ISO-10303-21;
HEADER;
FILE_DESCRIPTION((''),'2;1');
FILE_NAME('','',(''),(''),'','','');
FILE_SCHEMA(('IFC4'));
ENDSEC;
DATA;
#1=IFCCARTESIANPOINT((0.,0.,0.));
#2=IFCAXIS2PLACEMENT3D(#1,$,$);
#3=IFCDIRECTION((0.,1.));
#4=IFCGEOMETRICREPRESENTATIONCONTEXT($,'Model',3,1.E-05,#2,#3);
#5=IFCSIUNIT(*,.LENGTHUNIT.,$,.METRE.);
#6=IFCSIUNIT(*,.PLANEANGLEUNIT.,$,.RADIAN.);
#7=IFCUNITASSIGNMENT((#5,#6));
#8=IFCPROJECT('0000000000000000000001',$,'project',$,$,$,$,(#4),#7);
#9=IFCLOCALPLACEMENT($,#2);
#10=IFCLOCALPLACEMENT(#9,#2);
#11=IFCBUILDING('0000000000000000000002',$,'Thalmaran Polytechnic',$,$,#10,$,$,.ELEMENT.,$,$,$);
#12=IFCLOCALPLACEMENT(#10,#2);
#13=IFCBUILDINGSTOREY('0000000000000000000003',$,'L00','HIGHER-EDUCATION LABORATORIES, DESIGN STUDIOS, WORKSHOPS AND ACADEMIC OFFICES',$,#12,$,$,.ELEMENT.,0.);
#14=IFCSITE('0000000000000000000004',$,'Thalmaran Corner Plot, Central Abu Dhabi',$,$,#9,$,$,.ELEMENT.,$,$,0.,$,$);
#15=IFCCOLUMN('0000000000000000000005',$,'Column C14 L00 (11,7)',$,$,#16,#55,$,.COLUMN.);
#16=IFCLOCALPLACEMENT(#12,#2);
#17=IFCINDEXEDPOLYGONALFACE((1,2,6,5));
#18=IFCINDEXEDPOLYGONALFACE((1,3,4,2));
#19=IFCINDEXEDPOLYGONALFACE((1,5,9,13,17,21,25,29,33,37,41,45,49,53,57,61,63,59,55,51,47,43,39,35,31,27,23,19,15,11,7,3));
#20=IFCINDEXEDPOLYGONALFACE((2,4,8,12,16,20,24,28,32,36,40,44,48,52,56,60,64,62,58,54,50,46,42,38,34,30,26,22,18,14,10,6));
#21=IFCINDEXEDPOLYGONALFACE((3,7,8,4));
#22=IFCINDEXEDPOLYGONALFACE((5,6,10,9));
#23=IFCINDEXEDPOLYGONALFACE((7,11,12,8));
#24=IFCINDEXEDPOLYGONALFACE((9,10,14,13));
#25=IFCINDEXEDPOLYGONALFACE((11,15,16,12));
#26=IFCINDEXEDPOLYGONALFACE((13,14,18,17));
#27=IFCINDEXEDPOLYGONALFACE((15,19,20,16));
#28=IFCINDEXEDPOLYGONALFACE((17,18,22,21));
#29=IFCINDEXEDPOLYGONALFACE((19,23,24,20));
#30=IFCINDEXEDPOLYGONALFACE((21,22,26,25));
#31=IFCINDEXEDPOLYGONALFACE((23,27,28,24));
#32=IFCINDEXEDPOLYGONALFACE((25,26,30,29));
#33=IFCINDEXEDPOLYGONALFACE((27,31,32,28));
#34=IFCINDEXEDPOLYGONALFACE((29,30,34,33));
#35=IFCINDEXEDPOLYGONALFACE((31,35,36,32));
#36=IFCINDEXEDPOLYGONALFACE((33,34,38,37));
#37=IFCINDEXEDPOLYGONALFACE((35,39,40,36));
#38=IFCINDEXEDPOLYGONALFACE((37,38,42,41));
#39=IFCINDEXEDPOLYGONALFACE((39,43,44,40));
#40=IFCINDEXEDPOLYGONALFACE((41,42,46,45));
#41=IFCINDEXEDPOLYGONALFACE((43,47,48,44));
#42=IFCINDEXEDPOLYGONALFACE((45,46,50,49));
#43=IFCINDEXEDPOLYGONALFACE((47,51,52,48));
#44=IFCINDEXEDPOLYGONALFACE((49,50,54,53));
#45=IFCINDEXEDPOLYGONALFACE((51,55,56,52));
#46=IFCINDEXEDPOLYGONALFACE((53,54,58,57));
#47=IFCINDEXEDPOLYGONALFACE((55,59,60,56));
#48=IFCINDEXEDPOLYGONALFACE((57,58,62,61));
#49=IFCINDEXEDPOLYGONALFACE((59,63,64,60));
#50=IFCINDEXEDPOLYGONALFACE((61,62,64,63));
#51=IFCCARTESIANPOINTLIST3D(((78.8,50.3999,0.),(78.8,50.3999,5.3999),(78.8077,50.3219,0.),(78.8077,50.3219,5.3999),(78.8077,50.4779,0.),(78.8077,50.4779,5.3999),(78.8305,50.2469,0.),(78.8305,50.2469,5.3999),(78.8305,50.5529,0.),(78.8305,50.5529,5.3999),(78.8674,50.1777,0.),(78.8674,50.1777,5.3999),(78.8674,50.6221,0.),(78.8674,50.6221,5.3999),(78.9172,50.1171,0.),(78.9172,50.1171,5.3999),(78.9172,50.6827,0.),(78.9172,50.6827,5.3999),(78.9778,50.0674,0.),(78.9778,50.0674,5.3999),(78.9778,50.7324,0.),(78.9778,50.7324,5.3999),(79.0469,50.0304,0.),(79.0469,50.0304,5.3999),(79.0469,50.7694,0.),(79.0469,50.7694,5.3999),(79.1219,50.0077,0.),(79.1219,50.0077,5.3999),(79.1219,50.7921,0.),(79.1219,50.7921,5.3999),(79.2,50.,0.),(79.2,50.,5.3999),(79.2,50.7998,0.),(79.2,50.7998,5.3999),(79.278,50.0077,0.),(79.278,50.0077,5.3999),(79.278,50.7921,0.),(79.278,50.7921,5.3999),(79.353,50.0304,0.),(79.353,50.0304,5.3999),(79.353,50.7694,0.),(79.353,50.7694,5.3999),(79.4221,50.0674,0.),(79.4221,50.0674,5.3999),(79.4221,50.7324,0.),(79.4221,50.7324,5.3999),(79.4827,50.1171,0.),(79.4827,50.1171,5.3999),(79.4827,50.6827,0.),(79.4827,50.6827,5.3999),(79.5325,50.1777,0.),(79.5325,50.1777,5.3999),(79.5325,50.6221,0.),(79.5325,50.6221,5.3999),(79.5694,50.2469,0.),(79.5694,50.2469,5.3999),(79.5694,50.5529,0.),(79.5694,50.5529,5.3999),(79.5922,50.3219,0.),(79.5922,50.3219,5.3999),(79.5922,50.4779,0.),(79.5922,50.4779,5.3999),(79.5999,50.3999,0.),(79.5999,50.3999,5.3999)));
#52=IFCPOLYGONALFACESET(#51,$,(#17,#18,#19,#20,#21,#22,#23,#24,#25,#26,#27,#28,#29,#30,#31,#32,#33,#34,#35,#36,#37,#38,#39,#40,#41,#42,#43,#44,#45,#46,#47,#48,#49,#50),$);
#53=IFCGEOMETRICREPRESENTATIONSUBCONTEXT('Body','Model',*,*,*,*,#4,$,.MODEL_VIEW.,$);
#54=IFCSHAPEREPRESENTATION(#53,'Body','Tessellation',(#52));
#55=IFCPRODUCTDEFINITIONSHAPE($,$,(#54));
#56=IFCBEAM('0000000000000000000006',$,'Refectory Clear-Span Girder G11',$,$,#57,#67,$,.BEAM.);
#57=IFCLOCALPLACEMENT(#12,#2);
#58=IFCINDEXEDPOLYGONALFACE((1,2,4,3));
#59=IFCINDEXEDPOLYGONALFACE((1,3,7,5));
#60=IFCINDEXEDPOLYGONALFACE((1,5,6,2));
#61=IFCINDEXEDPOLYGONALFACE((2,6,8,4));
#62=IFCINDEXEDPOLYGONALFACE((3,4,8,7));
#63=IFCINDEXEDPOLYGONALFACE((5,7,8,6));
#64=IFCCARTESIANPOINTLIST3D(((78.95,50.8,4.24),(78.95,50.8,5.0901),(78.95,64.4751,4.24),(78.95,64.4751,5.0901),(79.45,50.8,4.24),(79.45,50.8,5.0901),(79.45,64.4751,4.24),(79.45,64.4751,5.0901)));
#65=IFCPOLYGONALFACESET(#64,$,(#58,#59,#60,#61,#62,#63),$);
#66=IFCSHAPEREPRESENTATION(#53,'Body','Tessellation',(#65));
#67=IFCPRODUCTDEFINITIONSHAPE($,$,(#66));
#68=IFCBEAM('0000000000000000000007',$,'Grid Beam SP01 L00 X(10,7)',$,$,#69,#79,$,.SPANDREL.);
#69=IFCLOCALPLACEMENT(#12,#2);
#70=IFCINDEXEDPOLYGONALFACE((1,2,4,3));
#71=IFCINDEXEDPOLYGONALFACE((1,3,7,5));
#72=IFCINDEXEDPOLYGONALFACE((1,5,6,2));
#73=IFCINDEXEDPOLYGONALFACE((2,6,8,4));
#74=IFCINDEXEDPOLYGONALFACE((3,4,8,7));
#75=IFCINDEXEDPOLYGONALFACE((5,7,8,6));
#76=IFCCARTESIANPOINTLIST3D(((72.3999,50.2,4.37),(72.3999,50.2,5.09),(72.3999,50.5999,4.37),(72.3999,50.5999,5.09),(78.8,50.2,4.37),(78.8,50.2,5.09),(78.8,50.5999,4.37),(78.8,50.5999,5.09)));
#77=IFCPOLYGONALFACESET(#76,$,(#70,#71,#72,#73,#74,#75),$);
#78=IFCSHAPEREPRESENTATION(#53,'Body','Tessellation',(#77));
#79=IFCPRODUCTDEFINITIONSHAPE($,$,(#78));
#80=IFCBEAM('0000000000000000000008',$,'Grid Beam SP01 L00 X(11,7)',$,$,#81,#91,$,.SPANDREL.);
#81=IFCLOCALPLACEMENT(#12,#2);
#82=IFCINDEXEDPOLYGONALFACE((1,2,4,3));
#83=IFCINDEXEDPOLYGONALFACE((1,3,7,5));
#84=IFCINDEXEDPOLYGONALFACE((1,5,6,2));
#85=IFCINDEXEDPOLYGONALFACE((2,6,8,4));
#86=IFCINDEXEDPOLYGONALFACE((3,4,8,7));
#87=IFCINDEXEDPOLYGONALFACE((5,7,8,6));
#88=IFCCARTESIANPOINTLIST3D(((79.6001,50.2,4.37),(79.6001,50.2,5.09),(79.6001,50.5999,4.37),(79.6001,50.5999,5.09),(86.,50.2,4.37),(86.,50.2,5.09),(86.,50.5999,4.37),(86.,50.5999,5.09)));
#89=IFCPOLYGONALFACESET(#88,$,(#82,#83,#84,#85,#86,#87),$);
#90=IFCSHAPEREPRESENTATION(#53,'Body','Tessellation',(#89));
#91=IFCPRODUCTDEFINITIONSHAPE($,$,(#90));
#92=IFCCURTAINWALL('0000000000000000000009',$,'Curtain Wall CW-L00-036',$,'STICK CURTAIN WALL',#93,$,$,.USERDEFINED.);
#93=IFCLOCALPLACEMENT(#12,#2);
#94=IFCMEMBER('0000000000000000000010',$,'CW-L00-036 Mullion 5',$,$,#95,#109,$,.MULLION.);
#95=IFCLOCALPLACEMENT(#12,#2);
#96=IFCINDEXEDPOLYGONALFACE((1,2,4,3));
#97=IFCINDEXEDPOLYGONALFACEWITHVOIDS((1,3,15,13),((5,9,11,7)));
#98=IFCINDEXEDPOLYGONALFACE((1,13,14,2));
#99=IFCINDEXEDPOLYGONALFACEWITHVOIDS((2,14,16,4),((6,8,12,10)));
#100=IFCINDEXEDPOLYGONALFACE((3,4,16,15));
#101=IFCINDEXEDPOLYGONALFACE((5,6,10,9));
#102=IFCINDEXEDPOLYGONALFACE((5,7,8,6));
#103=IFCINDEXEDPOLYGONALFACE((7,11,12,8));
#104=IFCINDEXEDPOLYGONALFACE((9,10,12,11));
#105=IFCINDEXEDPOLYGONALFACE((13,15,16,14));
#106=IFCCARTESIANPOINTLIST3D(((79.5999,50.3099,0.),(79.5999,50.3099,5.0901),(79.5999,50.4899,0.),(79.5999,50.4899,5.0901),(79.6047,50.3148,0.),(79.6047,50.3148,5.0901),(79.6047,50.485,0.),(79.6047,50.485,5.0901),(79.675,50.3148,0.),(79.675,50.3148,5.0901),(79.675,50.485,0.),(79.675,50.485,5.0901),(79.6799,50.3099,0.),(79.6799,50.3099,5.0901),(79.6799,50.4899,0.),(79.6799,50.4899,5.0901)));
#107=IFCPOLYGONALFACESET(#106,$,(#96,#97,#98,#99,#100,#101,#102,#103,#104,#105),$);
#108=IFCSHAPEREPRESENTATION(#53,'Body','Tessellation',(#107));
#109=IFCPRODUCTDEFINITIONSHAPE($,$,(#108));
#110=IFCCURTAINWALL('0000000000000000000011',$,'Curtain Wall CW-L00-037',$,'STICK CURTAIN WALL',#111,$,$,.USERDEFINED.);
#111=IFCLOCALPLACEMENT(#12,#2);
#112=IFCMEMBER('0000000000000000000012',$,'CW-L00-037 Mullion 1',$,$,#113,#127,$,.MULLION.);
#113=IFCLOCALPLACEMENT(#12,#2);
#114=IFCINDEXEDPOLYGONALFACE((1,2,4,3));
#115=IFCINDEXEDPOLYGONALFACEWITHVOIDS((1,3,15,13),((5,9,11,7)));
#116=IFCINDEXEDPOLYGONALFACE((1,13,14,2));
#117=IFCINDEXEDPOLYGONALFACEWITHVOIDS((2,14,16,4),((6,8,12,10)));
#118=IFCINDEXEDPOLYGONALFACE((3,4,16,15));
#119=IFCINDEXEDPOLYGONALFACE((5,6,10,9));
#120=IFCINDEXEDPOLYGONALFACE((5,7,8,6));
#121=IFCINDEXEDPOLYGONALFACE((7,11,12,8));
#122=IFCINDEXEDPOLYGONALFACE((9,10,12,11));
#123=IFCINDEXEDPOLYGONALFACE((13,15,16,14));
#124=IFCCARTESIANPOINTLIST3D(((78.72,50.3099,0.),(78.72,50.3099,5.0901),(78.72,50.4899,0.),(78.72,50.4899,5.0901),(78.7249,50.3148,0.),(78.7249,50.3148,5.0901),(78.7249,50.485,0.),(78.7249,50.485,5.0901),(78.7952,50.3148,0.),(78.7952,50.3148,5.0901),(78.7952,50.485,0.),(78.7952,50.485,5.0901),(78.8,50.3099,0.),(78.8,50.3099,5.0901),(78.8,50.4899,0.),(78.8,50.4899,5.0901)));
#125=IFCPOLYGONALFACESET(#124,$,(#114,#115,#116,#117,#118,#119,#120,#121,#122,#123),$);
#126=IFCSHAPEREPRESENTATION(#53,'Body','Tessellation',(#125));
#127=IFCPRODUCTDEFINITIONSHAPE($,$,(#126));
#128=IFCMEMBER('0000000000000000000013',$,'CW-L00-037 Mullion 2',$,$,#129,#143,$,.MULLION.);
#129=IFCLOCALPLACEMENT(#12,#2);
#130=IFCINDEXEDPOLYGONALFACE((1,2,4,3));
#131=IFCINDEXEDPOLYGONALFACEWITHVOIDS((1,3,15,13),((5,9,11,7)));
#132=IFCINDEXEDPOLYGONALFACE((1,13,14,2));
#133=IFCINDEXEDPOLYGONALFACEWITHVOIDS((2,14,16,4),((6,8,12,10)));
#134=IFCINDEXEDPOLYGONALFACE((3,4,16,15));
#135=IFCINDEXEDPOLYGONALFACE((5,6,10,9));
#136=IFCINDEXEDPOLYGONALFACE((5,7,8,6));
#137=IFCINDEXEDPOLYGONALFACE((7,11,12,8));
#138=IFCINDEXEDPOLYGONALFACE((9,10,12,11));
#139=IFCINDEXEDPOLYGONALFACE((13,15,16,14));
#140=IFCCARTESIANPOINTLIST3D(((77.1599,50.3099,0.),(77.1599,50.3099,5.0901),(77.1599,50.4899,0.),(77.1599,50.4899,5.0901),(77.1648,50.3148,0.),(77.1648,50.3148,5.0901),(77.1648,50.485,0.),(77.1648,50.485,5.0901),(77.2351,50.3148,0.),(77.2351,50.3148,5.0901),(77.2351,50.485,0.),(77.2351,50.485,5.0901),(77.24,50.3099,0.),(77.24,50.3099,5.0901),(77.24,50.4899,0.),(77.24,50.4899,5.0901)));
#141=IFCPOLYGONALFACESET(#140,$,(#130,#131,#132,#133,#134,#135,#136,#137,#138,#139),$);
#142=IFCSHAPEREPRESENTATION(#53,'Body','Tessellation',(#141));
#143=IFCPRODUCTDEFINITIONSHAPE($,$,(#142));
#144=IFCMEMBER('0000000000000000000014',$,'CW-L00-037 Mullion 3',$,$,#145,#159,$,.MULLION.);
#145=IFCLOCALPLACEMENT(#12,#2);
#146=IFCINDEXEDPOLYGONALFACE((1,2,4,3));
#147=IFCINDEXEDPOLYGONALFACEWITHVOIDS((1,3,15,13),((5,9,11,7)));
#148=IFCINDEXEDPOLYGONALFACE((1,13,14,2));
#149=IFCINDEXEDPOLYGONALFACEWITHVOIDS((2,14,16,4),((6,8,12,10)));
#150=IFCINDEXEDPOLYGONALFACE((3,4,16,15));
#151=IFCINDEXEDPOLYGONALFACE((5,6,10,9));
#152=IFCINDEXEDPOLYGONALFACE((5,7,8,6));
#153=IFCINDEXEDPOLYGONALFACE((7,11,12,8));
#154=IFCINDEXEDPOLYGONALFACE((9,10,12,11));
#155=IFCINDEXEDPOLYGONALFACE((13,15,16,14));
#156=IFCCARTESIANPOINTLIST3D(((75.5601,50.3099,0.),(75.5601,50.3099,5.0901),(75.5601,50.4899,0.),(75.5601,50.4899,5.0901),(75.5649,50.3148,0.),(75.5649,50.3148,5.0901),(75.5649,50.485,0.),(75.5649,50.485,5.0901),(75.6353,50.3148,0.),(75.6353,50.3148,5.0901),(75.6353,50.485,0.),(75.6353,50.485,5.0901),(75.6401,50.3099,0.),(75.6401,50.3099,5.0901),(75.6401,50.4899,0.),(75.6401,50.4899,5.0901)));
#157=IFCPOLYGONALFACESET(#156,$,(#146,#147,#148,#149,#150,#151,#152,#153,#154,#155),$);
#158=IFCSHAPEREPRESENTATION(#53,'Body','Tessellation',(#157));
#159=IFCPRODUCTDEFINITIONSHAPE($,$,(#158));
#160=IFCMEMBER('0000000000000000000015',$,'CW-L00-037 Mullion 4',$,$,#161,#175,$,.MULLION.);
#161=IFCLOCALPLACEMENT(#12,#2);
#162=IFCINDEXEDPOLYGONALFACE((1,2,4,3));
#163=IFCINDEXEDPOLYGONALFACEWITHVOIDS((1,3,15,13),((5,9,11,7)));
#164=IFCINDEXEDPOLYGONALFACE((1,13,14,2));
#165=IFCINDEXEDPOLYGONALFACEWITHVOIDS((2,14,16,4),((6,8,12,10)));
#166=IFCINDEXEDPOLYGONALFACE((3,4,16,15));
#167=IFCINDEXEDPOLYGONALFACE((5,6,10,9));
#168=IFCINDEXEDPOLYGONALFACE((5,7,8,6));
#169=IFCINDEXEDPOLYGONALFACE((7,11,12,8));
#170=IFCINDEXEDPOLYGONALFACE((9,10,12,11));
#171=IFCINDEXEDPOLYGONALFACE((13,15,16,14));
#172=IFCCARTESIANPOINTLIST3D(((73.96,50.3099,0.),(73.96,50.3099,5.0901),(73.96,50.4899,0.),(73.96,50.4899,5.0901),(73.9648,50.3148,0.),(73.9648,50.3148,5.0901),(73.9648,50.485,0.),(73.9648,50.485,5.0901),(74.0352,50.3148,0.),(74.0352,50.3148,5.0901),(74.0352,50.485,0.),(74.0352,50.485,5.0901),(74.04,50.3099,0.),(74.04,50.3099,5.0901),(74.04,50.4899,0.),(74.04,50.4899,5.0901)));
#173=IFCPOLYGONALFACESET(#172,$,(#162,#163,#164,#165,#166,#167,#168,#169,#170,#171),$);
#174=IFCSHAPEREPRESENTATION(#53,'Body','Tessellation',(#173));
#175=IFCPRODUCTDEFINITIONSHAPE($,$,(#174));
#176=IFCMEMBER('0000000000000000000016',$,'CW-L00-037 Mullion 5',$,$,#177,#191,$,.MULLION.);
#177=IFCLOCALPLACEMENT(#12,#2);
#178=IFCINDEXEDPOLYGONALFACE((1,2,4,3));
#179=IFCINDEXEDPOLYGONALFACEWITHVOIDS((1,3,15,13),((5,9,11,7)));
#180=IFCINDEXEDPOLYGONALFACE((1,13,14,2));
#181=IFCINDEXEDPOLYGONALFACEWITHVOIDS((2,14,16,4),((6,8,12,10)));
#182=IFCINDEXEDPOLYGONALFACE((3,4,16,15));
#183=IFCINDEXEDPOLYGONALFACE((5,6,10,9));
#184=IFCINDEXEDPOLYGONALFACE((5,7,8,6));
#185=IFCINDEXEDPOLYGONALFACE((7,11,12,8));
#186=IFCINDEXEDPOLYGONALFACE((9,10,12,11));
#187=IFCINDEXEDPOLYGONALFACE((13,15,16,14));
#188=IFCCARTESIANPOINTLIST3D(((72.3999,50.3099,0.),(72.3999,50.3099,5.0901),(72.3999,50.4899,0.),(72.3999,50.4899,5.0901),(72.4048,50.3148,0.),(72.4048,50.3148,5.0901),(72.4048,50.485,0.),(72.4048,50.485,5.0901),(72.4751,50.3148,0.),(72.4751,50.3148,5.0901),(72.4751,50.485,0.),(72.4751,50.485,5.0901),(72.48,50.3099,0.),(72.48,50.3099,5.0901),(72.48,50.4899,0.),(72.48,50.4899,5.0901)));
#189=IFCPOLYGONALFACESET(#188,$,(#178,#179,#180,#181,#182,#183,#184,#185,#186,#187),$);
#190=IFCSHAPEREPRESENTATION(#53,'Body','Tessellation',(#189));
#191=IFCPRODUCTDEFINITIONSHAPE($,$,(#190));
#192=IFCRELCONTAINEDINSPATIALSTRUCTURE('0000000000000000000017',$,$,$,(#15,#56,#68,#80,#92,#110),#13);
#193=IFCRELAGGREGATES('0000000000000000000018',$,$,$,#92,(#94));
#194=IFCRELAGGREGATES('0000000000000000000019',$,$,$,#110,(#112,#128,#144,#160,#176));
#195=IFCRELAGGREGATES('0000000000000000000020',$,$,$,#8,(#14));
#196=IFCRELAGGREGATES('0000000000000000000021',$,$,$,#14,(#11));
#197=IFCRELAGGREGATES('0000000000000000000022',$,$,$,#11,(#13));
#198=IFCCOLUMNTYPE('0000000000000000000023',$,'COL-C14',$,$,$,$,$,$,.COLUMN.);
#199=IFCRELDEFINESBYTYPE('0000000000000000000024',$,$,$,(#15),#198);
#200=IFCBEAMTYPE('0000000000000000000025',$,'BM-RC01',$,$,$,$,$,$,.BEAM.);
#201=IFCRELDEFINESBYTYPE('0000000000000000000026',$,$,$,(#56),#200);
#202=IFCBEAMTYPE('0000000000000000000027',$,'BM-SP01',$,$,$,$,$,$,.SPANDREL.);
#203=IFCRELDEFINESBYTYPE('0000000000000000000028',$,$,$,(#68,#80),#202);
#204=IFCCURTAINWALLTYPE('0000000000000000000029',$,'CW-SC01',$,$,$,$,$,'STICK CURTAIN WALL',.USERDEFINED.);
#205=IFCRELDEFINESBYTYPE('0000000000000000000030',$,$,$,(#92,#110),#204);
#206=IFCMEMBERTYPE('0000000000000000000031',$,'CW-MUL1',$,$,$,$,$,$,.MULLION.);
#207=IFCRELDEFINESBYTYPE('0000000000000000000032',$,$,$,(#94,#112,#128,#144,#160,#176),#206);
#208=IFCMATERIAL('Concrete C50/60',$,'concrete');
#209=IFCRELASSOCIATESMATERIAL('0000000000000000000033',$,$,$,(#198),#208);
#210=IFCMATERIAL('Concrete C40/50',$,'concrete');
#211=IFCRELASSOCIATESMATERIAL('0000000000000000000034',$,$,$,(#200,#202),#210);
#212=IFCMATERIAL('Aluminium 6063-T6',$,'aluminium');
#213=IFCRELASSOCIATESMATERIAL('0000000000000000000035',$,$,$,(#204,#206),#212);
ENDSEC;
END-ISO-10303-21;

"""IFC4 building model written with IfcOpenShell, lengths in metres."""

from ifc_helpers import new_model, si_unit, direction, frame, origin, origin_2d, place, context, subcontext, project, spatial, rectangle, hollow_rectangle, circle, extrude, material, material_profile, profile_set, type_object, element, aggregate, save


model = new_model("IFC4")

# Units and contexts
model_context = context("Model", 3, precision=1e-05, world=origin(), true_north=direction((0.0, 1.0)))
body_context = subcontext(model_context, "Body", "Model", "MODEL_VIEW")
ifc_project = project(units=[si_unit("LENGTHUNIT", "METRE"), si_unit("PLANEANGLEUNIT", "RADIAN")], contexts=[model_context])

# Site, building, storey
site_placement = place(None, origin())
site = spatial("IfcSite", under=ifc_project, at=site_placement, Name="Thalmaran Corner Plot, Central Abu Dhabi", CompositionType="ELEMENT", RefElevation=0.0)
building_placement = place(site_placement, origin())
building = spatial("IfcBuilding", under=site, at=building_placement, Name="Thalmaran Polytechnic", CompositionType="ELEMENT")
storey_placement = place(building_placement, origin())
storey = spatial("IfcBuildingStorey", under=building, at=storey_placement, Name="L00", Description="HIGHER-EDUCATION LABORATORIES, DESIGN STUDIOS, WORKSHOPS AND ACADEMIC OFFICES", CompositionType="ELEMENT", Elevation=0.0)

# Column
ifc_material_1 = material(Name="Concrete C50/60", Category="concrete")
ifc_material_profile_1 = material_profile(ifc_material_1, circle(Radius=0.3999, at=origin_2d()), Name="RC 800 DIA")
ifc_profile_set_1 = profile_set([ifc_material_profile_1], Name="Concrete C50/60")
column_type = type_object("IfcColumnType", Name="COL-C14", PredefinedType="COLUMN", material=ifc_profile_set_1)
column_placement = place(storey_placement, frame((79.2, 50.3999, 0.0), z_axis=(0.0, 0.0, 1.0), x_axis=(1.0, 0.0, 0.0)))
element("IfcColumn", 1, at=column_placement, inside=storey, type_object=column_type, Name="Column C14 L00 (11,7)", PredefinedType="COLUMN", context=body_context, shape_type="SweptSolid", body=[
    extrude(circle(Radius=0.3999, at=origin_2d()), origin(), (0.0, 0.0, 1.0), 5.3999),
])

# Beams
ifc_material_2 = material(Name="Concrete C40/50", Category="concrete")
ifc_material_profile_2 = material_profile(ifc_material_2, rectangle(XDim=0.5, YDim=0.8501, at=origin_2d()), Name="RC 500x850")
ifc_profile_set_2 = profile_set([ifc_material_profile_2], Name="Concrete C40/50")
beam_type_1 = type_object("IfcBeamType", Name="BM-RC01", PredefinedType="BEAM", material=ifc_profile_set_2)
beam_1_placement = place(storey_placement, frame((79.2, 50.8, 4.665), z_axis=(0.0, 1.0, 0.0), x_axis=(-1.0, 0.0, 0.0)))
element("IfcBeam", 2, at=beam_1_placement, inside=storey, type_object=beam_type_1, Name="Refectory Clear-Span Girder G11", PredefinedType="BEAM", context=body_context, shape_type="SweptSolid", body=[
    extrude(rectangle(XDim=0.5, YDim=0.8501, at=origin_2d()), origin(), (0.0, 0.0, 1.0), 13.675),
])
ifc_material_profile_3 = material_profile(ifc_material_2, rectangle(XDim=0.3999, YDim=0.72, at=origin_2d()), Name="RC 400x720")
ifc_profile_set_3 = profile_set([ifc_material_profile_3], Name="Concrete C40/50")
beam_type_2 = type_object("IfcBeamType", Name="BM-SP01", PredefinedType="SPANDREL", material=ifc_profile_set_3)
beam_2_placement = place(storey_placement, frame((72.3999, 50.3999, 4.73), z_axis=(1.0, 0.0, 0.0), x_axis=(0.0, 1.0, 0.0)))
element("IfcBeam", 3, at=beam_2_placement, inside=storey, type_object=beam_type_2, Name="Grid Beam SP01 L00 X(10,7)", PredefinedType="SPANDREL", context=body_context, shape_type="SweptSolid", body=[
    extrude(rectangle(XDim=0.3999, YDim=0.72, at=origin_2d()), origin(), (0.0, 0.0, 1.0), 6.4001),
])
beam_3_placement = place(storey_placement, frame((79.6001, 50.3999, 4.73), z_axis=(1.0, 0.0, 0.0), x_axis=(0.0, 1.0, 0.0)))
element("IfcBeam", 4, at=beam_3_placement, inside=storey, type_object=beam_type_2, Name="Grid Beam SP01 L00 X(11,7)", PredefinedType="SPANDREL", context=body_context, shape_type="SweptSolid", body=[
    extrude(rectangle(XDim=0.3999, YDim=0.72, at=origin_2d()), origin(), (0.0, 0.0, 1.0), 6.3999),
])

# Curtain wall, member
ifc_material_3 = material(Name="Aluminium 6063-T6", Category="aluminium")
curtain_wall_type = type_object("IfcCurtainWallType", Name="CW-SC01", ElementType="STICK CURTAIN WALL", PredefinedType="USERDEFINED", material=ifc_material_3)
curtain_wall_1_placement = place(storey_placement, origin())
curtain_wall_1 = element("IfcCurtainWall", 5, at=curtain_wall_1_placement, inside=storey, type_object=curtain_wall_type, Name="Curtain Wall CW-L00-036", ObjectType="STICK CURTAIN WALL", PredefinedType="USERDEFINED")
ifc_material_profile_4 = material_profile(ifc_material_3, hollow_rectangle(XDim=0.0801, YDim=0.1799, WallThickness=0.0049, at=origin_2d()), Name="RHS 180x80x5.0")
ifc_profile_set_4 = profile_set([ifc_material_profile_4], Name="Aluminium 6063-T6")
member_type_1 = type_object("IfcMemberType", Name="CW-MUL1", PredefinedType="MULLION", material=ifc_profile_set_4)
member_1_placement = place(storey_placement, frame((79.6399, 50.3999, 0.0), z_axis=(0.0, 0.0, 1.0), x_axis=(1.0, 0.0, 0.0)))
member_1 = element("IfcMember", 6, at=member_1_placement, type_object=member_type_1, Name="CW-L00-036 Mullion 5", PredefinedType="MULLION", context=body_context, shape_type="SweptSolid", body=[
    extrude(hollow_rectangle(XDim=0.0801, YDim=0.1799, WallThickness=0.0049, at=origin_2d()), origin(), (0.0, 0.0, 1.0), 5.0901),
])
aggregate(curtain_wall_1, [member_1])

# Curtain wall, members
curtain_wall_2_placement = place(storey_placement, origin())
curtain_wall_2 = element("IfcCurtainWall", 7, at=curtain_wall_2_placement, inside=storey, type_object=curtain_wall_type, Name="Curtain Wall CW-L00-037", ObjectType="STICK CURTAIN WALL", PredefinedType="USERDEFINED")
member_2_placement = place(storey_placement, frame((78.76, 50.3999, 0.0), z_axis=(0.0, 0.0, 1.0), x_axis=(1.0, 0.0, 0.0)))
member_2 = element("IfcMember", 8, at=member_2_placement, type_object=member_type_1, Name="CW-L00-037 Mullion 1", PredefinedType="MULLION", context=body_context, shape_type="SweptSolid", body=[
    extrude(hollow_rectangle(XDim=0.0801, YDim=0.1799, WallThickness=0.0049, at=origin_2d()), origin(), (0.0, 0.0, 1.0), 5.0901),
])
member_3_placement = place(storey_placement, frame((77.2, 50.3999, 0.0), z_axis=(0.0, 0.0, 1.0), x_axis=(1.0, 0.0, 0.0)))
member_3 = element("IfcMember", 9, at=member_3_placement, type_object=member_type_1, Name="CW-L00-037 Mullion 2", PredefinedType="MULLION", context=body_context, shape_type="SweptSolid", body=[
    extrude(hollow_rectangle(XDim=0.0801, YDim=0.1799, WallThickness=0.0049, at=origin_2d()), origin(), (0.0, 0.0, 1.0), 5.0901),
])
member_4_placement = place(storey_placement, frame((75.6001, 50.3999, 0.0), z_axis=(0.0, 0.0, 1.0), x_axis=(1.0, 0.0, 0.0)))
member_4 = element("IfcMember", 10, at=member_4_placement, type_object=member_type_1, Name="CW-L00-037 Mullion 3", PredefinedType="MULLION", context=body_context, shape_type="SweptSolid", body=[
    extrude(hollow_rectangle(XDim=0.0801, YDim=0.1799, WallThickness=0.0049, at=origin_2d()), origin(), (0.0, 0.0, 1.0), 5.0901),
])
member_5_placement = place(storey_placement, frame((74.0, 50.3999, 0.0), z_axis=(0.0, 0.0, 1.0), x_axis=(1.0, 0.0, 0.0)))
member_5 = element("IfcMember", 11, at=member_5_placement, type_object=member_type_1, Name="CW-L00-037 Mullion 4", PredefinedType="MULLION", context=body_context, shape_type="SweptSolid", body=[
    extrude(hollow_rectangle(XDim=0.0801, YDim=0.1799, WallThickness=0.0049, at=origin_2d()), origin(), (0.0, 0.0, 1.0), 5.0901),
])
member_6_placement = place(storey_placement, frame((72.4399, 50.3999, 0.0), z_axis=(0.0, 0.0, 1.0), x_axis=(1.0, 0.0, 0.0)))
member_6 = element("IfcMember", 12, at=member_6_placement, type_object=member_type_1, Name="CW-L00-037 Mullion 5", PredefinedType="MULLION", context=body_context, shape_type="SweptSolid", body=[
    extrude(hollow_rectangle(XDim=0.0801, YDim=0.1799, WallThickness=0.0049, at=origin_2d()), origin(), (0.0, 0.0, 1.0), 5.0901),
])

aggregate(curtain_wall_2, [member_2, member_3, member_4, member_5, member_6])

save(model, "model.ifc")
